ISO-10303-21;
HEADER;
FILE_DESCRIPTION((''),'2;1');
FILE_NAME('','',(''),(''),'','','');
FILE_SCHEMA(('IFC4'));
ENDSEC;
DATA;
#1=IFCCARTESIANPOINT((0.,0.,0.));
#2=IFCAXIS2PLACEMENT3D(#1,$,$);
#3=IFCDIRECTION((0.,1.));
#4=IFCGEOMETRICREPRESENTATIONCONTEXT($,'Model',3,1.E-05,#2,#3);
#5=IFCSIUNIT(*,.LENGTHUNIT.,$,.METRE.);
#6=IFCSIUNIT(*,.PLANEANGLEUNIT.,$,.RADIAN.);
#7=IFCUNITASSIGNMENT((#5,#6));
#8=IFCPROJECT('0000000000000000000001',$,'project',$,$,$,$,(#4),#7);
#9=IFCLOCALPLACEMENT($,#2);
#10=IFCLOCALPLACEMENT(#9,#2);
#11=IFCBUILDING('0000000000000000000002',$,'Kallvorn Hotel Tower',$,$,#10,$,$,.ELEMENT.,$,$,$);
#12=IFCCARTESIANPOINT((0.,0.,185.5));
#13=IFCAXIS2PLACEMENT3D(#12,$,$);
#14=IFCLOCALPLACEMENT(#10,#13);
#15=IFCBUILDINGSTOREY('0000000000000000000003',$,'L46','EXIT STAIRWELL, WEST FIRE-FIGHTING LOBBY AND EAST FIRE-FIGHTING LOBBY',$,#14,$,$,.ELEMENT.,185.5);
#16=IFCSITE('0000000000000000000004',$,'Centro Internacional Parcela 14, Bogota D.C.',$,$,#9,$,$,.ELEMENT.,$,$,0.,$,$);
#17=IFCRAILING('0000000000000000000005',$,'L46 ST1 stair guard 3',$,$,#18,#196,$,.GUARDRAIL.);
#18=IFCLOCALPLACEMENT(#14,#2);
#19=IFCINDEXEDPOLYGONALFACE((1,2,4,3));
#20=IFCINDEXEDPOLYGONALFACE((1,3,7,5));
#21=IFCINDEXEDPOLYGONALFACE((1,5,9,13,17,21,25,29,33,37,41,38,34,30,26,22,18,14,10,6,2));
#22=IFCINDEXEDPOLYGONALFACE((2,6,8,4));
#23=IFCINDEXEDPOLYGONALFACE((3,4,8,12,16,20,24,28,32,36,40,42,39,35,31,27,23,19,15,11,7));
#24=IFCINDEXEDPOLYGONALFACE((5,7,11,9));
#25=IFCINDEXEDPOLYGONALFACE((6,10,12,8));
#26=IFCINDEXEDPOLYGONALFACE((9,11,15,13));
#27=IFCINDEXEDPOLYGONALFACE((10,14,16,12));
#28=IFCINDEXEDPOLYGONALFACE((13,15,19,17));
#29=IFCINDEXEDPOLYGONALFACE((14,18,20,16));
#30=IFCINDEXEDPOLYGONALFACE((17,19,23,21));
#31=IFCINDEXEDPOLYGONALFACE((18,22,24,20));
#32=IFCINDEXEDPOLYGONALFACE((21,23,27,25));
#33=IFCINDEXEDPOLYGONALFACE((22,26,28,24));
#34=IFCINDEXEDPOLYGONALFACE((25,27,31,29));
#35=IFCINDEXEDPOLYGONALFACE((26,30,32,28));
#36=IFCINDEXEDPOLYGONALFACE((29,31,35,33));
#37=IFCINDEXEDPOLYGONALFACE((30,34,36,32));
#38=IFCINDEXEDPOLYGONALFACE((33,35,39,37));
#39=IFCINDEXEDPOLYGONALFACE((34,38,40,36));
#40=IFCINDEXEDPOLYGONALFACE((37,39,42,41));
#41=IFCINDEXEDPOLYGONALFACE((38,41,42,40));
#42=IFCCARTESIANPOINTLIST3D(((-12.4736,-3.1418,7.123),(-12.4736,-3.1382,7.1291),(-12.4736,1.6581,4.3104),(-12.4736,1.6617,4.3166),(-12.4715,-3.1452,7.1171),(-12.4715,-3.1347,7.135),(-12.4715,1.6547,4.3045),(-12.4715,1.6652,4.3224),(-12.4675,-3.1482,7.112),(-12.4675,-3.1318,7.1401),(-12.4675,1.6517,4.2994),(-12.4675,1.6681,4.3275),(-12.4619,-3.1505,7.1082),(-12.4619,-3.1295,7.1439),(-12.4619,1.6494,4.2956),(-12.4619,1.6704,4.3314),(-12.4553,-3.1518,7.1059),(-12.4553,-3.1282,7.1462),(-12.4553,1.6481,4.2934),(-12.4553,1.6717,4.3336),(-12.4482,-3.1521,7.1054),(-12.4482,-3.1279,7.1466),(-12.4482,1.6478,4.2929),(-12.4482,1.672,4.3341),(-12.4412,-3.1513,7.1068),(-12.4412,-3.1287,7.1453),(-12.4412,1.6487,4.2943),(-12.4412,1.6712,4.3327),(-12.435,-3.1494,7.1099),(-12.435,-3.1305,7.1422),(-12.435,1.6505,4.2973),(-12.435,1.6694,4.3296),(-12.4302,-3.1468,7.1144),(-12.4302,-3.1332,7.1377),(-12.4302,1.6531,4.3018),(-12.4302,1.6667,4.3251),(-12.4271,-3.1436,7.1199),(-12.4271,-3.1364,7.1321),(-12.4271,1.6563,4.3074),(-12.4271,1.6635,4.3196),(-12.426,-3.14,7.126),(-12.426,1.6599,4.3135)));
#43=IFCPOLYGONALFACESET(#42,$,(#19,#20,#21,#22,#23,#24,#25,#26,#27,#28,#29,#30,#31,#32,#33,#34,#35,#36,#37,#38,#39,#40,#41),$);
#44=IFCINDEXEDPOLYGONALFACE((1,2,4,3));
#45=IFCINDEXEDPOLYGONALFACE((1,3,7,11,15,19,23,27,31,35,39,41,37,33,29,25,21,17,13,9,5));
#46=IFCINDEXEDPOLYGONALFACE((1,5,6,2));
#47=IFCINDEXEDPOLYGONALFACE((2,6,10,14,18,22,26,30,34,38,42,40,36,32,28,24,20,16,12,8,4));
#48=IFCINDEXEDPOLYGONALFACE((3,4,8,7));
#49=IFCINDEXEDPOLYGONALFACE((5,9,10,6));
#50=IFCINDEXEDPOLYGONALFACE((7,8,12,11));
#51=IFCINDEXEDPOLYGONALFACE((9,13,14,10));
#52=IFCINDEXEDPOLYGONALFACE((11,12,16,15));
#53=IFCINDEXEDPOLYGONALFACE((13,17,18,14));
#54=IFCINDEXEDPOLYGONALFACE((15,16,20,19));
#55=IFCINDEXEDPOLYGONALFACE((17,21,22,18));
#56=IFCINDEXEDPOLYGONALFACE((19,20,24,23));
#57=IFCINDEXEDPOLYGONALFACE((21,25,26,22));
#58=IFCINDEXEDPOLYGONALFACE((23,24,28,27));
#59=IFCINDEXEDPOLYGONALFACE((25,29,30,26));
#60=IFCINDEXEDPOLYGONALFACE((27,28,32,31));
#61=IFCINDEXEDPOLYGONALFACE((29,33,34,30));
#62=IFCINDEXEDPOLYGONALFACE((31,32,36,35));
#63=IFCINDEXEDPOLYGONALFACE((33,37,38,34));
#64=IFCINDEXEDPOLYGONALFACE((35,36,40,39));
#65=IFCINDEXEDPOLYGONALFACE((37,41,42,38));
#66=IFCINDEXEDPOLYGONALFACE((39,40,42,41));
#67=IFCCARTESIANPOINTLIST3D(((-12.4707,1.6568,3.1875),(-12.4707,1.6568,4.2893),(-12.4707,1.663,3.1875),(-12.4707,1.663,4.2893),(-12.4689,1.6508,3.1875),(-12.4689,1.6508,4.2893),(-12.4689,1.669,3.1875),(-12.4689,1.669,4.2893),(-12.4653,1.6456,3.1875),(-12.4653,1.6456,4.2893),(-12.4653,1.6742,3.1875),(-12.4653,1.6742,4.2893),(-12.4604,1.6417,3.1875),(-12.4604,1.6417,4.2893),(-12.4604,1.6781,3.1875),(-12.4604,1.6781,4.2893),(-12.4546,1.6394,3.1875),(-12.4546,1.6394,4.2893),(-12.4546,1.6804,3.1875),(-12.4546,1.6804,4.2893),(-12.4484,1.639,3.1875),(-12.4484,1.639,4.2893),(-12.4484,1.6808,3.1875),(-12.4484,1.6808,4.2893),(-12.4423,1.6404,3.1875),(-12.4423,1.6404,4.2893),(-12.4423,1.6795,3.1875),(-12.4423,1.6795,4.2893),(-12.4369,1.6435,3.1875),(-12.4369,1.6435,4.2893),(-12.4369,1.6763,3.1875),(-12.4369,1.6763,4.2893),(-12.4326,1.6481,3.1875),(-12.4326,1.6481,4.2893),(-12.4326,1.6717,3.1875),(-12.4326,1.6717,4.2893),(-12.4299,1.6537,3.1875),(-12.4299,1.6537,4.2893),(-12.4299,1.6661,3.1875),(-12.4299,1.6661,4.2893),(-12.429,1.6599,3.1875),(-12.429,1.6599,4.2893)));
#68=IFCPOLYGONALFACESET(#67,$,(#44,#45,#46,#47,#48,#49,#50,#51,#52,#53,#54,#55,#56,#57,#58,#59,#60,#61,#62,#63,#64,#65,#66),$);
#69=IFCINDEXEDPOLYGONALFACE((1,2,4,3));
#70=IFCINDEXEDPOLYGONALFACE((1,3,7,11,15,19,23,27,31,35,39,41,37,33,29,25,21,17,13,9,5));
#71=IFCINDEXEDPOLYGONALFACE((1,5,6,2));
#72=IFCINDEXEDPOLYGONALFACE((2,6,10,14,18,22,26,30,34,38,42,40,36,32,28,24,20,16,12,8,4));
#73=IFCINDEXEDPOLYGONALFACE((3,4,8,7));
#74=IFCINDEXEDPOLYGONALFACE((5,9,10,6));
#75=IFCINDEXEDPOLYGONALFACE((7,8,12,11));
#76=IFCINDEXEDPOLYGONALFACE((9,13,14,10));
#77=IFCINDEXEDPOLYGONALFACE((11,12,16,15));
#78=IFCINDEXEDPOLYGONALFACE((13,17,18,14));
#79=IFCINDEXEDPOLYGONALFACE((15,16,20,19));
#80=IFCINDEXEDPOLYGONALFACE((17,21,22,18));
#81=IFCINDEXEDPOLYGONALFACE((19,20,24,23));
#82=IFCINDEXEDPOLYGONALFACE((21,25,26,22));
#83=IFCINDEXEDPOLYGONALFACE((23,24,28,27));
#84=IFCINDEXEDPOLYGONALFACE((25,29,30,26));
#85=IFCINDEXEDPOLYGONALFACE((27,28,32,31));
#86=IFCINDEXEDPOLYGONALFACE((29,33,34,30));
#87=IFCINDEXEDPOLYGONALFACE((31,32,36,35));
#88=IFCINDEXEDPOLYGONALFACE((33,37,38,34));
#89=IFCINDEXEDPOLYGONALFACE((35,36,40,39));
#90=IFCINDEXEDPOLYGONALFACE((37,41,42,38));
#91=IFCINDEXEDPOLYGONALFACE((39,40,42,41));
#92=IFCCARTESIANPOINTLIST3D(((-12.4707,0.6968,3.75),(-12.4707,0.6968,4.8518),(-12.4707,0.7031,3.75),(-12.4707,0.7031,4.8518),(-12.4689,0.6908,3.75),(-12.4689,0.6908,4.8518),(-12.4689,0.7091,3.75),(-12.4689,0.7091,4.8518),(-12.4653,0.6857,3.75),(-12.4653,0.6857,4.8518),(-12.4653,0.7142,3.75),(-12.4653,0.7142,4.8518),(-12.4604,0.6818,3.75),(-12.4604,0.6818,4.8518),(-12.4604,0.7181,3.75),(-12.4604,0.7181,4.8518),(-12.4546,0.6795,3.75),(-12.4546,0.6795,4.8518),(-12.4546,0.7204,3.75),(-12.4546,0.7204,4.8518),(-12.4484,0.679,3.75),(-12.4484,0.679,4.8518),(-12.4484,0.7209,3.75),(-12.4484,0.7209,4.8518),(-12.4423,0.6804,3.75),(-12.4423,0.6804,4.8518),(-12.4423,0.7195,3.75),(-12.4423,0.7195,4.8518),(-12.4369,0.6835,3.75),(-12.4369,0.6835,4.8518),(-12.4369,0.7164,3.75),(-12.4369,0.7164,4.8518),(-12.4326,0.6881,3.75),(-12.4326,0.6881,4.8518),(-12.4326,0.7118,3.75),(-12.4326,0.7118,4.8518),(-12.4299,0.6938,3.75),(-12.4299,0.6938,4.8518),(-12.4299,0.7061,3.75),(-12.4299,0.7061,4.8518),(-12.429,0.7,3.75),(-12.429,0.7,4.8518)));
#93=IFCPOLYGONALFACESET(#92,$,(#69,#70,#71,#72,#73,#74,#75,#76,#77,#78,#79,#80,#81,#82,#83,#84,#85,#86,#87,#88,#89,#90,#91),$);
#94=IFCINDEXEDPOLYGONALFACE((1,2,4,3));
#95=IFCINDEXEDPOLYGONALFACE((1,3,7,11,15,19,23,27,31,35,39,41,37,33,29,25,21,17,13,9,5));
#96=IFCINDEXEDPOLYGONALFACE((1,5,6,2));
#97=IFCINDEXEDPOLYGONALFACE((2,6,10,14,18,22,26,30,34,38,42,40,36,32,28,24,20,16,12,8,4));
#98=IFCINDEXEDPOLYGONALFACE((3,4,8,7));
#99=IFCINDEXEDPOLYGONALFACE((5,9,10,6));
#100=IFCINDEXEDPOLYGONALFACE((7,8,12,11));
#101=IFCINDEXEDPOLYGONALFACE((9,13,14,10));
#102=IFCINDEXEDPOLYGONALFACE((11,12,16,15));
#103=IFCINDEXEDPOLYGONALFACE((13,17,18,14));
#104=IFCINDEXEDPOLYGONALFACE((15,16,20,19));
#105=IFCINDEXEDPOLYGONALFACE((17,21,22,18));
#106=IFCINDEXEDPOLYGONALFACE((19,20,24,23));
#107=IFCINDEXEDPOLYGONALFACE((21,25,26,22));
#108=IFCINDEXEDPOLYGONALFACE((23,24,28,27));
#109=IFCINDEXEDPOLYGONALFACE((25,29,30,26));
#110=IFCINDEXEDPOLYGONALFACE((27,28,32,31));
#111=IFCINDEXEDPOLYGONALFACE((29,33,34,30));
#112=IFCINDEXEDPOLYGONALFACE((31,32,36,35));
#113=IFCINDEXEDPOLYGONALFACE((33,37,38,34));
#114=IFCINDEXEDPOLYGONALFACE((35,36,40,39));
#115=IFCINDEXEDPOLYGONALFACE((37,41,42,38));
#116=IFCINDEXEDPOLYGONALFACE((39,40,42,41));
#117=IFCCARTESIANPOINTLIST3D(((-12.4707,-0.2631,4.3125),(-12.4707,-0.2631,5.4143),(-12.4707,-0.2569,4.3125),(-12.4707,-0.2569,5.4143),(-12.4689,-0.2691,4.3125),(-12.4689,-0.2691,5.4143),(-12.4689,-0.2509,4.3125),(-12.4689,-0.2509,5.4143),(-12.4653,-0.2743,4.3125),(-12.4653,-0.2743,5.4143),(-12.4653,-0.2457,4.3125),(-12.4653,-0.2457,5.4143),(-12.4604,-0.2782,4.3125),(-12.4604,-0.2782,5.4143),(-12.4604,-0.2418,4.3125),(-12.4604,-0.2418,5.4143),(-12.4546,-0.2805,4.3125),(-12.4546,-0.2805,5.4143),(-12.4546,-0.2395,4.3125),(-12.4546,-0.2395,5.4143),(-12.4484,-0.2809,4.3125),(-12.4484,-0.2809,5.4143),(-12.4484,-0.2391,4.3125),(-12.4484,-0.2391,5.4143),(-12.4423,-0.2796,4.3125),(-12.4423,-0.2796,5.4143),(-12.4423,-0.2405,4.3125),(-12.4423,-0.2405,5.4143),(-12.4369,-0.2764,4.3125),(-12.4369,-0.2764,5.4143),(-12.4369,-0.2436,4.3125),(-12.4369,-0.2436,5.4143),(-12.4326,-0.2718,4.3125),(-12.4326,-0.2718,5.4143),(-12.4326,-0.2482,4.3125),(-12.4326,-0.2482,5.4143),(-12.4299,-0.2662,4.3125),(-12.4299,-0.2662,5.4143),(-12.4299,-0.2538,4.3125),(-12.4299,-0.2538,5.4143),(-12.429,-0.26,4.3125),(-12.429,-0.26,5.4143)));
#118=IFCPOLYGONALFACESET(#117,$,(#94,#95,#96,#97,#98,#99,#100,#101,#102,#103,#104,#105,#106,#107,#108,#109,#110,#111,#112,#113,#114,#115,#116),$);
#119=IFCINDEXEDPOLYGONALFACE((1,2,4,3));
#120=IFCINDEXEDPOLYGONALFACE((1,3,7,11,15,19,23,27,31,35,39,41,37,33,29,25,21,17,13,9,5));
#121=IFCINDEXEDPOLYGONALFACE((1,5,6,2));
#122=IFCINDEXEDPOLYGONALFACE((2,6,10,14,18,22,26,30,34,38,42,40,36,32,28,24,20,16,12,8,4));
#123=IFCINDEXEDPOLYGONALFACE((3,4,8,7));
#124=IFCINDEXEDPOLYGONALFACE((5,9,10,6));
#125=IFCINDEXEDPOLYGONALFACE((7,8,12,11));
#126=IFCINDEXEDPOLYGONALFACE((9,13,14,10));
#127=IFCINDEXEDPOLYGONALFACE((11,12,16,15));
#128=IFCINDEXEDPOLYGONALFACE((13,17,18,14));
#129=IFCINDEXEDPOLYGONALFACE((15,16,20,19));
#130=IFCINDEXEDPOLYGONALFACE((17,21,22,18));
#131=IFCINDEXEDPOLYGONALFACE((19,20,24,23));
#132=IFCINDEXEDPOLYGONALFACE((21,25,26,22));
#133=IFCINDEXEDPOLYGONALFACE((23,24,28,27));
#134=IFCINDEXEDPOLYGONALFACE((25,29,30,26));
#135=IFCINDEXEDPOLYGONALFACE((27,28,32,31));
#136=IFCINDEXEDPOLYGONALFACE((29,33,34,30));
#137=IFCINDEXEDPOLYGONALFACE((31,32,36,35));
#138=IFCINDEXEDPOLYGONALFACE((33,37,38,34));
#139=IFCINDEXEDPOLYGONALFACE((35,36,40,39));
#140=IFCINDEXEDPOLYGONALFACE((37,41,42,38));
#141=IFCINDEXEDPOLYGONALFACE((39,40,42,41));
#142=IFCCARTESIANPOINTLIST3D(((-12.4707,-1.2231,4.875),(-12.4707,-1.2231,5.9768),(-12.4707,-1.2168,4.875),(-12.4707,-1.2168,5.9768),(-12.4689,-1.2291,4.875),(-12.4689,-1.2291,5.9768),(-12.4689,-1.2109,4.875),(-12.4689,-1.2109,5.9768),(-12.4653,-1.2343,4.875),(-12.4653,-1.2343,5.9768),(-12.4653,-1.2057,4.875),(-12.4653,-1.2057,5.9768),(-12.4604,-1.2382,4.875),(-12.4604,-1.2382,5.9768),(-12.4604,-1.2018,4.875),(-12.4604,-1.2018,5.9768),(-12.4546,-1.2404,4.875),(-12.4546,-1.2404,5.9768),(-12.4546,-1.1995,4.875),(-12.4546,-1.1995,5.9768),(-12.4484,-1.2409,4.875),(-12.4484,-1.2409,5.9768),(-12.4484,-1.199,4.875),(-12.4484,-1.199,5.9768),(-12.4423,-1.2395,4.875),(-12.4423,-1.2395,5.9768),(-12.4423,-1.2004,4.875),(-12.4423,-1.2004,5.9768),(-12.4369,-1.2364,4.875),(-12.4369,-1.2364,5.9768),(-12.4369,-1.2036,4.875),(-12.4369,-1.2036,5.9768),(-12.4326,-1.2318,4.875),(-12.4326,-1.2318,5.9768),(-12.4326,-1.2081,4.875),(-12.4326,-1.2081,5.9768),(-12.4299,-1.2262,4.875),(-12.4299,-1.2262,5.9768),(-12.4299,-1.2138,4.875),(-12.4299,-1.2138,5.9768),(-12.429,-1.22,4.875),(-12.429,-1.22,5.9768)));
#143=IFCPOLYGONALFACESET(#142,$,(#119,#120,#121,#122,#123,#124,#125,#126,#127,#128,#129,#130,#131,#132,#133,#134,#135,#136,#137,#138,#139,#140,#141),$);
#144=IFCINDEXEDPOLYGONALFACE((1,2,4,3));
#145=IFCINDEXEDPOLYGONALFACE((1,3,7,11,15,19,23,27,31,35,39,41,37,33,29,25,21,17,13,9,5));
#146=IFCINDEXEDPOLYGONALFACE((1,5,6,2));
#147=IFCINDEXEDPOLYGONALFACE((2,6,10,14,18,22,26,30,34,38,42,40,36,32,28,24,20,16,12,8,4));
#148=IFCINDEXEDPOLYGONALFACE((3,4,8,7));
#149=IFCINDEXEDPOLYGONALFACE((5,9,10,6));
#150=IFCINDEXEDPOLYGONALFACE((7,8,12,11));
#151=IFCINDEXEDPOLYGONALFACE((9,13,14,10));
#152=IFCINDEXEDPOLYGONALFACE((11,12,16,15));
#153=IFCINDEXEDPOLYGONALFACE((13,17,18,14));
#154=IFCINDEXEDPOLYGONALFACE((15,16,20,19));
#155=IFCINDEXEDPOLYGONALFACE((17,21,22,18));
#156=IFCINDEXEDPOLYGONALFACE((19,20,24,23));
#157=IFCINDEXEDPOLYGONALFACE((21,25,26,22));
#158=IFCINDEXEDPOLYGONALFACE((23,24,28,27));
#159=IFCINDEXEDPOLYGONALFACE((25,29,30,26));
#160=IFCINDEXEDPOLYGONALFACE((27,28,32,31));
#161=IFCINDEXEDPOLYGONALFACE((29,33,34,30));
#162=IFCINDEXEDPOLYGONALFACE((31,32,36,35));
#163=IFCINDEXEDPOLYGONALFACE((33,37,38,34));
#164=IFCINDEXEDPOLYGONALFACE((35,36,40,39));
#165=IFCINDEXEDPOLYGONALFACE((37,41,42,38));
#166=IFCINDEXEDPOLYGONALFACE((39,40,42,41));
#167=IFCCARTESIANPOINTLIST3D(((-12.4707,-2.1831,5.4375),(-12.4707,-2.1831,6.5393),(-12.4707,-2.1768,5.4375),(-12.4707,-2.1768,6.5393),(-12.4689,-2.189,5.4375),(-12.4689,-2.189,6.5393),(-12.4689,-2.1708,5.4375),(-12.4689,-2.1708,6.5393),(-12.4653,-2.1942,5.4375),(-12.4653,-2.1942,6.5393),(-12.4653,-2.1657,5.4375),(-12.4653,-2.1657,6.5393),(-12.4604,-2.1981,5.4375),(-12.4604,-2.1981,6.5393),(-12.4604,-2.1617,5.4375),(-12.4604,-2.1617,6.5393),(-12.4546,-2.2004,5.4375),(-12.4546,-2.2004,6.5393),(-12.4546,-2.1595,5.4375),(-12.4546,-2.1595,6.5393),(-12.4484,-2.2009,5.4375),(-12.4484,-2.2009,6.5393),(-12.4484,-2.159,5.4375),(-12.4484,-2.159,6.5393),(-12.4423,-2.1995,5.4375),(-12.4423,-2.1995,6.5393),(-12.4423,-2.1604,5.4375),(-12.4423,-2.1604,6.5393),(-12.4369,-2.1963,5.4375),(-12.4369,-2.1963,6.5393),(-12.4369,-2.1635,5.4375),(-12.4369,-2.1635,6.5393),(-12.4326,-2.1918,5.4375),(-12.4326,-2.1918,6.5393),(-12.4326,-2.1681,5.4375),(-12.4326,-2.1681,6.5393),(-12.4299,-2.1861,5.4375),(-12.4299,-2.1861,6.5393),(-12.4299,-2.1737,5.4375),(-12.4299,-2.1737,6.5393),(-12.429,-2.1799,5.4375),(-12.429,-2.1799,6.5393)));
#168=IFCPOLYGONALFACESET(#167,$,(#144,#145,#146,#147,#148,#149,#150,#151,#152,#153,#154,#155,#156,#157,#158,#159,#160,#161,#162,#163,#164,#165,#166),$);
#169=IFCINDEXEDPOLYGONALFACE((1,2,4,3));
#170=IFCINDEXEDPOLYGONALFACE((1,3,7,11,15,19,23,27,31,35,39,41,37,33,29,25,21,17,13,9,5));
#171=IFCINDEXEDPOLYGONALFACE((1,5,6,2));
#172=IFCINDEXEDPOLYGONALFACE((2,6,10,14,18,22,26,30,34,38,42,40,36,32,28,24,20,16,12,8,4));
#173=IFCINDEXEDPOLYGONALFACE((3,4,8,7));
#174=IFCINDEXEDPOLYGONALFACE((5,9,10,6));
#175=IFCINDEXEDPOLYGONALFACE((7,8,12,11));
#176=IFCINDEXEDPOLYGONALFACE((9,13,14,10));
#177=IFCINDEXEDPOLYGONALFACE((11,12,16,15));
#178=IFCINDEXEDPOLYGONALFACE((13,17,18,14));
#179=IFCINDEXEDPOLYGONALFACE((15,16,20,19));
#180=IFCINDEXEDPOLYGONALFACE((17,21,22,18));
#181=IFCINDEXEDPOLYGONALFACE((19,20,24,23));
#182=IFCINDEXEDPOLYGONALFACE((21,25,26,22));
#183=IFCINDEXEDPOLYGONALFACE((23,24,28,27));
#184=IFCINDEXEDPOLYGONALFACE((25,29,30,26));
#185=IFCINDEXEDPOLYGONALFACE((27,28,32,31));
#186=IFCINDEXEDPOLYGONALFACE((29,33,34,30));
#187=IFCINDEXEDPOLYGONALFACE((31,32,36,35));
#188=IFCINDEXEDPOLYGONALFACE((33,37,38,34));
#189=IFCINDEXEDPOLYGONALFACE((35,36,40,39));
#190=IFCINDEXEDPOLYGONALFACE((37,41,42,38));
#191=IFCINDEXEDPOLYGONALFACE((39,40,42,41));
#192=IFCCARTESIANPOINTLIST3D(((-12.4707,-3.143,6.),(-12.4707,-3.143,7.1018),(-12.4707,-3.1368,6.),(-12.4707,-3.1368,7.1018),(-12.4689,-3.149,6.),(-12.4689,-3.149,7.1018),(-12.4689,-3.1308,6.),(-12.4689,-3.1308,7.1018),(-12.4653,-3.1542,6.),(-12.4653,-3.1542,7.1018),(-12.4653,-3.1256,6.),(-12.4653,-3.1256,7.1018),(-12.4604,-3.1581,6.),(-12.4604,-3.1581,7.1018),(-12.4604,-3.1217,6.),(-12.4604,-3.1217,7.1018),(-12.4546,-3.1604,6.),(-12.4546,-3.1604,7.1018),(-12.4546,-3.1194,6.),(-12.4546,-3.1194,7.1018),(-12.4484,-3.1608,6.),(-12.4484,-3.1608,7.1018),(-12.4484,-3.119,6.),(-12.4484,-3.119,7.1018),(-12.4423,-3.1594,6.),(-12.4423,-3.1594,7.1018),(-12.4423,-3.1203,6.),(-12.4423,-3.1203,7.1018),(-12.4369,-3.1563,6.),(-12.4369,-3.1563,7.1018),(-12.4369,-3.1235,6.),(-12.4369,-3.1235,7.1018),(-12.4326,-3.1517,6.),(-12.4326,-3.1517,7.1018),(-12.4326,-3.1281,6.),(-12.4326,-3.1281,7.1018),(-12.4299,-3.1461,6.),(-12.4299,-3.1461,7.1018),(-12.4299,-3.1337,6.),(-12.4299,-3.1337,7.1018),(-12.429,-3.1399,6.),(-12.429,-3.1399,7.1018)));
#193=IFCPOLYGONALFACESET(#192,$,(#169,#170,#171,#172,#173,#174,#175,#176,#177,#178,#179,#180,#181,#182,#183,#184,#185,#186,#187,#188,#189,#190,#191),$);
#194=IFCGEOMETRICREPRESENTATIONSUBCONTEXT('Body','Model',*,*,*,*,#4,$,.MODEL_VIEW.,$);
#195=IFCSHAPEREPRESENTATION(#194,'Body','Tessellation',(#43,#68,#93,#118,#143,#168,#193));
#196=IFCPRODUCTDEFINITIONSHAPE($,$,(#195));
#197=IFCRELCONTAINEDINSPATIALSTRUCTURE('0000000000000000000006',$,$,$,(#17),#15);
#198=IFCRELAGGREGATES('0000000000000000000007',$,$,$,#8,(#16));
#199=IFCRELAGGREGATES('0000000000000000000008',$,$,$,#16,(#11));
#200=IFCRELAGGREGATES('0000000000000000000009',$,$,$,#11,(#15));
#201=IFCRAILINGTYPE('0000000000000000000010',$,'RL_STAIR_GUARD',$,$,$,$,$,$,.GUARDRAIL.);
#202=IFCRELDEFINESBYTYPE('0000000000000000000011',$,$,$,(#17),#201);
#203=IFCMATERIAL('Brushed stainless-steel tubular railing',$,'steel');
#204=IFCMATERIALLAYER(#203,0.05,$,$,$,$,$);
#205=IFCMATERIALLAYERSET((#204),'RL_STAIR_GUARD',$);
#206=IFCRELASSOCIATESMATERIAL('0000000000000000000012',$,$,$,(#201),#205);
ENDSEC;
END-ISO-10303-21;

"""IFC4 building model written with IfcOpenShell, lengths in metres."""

from ifc_helpers import new_model, si_unit, direction, frame, origin, origin_2d, place, context, subcontext, project, spatial, circle, extrude, material, layer, layer_set, type_object, element, save


model = new_model("IFC4")

# Units and contexts
model_context = context("Model", 3, precision=1e-05, world=origin(), true_north=direction((0.0, 1.0)))
body_context = subcontext(model_context, "Body", "Model", "MODEL_VIEW")
ifc_project = project(units=[si_unit("LENGTHUNIT", "METRE"), si_unit("PLANEANGLEUNIT", "RADIAN")], contexts=[model_context])

# Site, building, storey
site_placement = place(None, origin())
site = spatial("IfcSite", under=ifc_project, at=site_placement, Name="Centro Internacional Parcela 14, Bogota D.C.", CompositionType="ELEMENT", RefElevation=0.0)
building_placement = place(site_placement, origin())
building = spatial("IfcBuilding", under=site, at=building_placement, Name="Kallvorn Hotel Tower", CompositionType="ELEMENT")
storey_placement = place(building_placement, frame((0.0, 0.0, 185.5)))
storey = spatial("IfcBuildingStorey", under=building, at=storey_placement, Name="L46", Description="EXIT STAIRWELL, WEST FIRE-FIGHTING LOBBY AND EAST FIRE-FIGHTING LOBBY", CompositionType="ELEMENT", Elevation=185.5)

# Railing
ifc_material_1 = material(Name="Brushed stainless-steel tubular railing", Category="steel")
ifc_layer_1 = layer(ifc_material_1, 0.05)
ifc_layer_set_1 = layer_set([ifc_layer_1], Name="RL_STAIR_GUARD")
railing_type_1 = type_object("IfcRailingType", Name="RL_STAIR_GUARD", PredefinedType="GUARDRAIL", material=ifc_layer_set_1)
railing_1_placement = place(storey_placement, frame((-12.45, 1.6599, 3.1875)))
element("IfcRailing", 1, at=railing_1_placement, inside=storey, type_object=railing_type_1, Name="L46 ST1 stair guard 3", PredefinedType="GUARDRAIL", context=body_context, shape_type="SweptSolid", body=[
    extrude(circle(Radius=0.0239, at=origin_2d()), frame((0.0, 0.0, 1.126), z_axis=(0.0, -0.86279, 0.505562), x_axis=(1.0, 0.0, 0.0)), (0.0, 0.0, 1.0), 5.5632),
    extrude(circle(Radius=0.021, at=origin_2d()), origin(), (0.0, 0.0, 1.0), 1.1018),
    extrude(circle(Radius=0.021, at=origin_2d()), frame((0.0, -0.96, 0.5625)), (0.0, 0.0, 1.0), 1.1018),
    extrude(circle(Radius=0.021, at=origin_2d()), frame((0.0, -1.9199, 1.125)), (0.0, 0.0, 1.0), 1.1018),
    extrude(circle(Radius=0.021, at=origin_2d()), frame((0.0, -2.8799, 1.6875)), (0.0, 0.0, 1.0), 1.1018),
    extrude(circle(Radius=0.021, at=origin_2d()), frame((0.0, -3.8398, 2.25)), (0.0, 0.0, 1.0), 1.1018),
    extrude(circle(Radius=0.021, at=origin_2d()), frame((0.0, -4.7998, 2.8125)), (0.0, 0.0, 1.0), 1.1018),
])

save(model, "model.ifc")
